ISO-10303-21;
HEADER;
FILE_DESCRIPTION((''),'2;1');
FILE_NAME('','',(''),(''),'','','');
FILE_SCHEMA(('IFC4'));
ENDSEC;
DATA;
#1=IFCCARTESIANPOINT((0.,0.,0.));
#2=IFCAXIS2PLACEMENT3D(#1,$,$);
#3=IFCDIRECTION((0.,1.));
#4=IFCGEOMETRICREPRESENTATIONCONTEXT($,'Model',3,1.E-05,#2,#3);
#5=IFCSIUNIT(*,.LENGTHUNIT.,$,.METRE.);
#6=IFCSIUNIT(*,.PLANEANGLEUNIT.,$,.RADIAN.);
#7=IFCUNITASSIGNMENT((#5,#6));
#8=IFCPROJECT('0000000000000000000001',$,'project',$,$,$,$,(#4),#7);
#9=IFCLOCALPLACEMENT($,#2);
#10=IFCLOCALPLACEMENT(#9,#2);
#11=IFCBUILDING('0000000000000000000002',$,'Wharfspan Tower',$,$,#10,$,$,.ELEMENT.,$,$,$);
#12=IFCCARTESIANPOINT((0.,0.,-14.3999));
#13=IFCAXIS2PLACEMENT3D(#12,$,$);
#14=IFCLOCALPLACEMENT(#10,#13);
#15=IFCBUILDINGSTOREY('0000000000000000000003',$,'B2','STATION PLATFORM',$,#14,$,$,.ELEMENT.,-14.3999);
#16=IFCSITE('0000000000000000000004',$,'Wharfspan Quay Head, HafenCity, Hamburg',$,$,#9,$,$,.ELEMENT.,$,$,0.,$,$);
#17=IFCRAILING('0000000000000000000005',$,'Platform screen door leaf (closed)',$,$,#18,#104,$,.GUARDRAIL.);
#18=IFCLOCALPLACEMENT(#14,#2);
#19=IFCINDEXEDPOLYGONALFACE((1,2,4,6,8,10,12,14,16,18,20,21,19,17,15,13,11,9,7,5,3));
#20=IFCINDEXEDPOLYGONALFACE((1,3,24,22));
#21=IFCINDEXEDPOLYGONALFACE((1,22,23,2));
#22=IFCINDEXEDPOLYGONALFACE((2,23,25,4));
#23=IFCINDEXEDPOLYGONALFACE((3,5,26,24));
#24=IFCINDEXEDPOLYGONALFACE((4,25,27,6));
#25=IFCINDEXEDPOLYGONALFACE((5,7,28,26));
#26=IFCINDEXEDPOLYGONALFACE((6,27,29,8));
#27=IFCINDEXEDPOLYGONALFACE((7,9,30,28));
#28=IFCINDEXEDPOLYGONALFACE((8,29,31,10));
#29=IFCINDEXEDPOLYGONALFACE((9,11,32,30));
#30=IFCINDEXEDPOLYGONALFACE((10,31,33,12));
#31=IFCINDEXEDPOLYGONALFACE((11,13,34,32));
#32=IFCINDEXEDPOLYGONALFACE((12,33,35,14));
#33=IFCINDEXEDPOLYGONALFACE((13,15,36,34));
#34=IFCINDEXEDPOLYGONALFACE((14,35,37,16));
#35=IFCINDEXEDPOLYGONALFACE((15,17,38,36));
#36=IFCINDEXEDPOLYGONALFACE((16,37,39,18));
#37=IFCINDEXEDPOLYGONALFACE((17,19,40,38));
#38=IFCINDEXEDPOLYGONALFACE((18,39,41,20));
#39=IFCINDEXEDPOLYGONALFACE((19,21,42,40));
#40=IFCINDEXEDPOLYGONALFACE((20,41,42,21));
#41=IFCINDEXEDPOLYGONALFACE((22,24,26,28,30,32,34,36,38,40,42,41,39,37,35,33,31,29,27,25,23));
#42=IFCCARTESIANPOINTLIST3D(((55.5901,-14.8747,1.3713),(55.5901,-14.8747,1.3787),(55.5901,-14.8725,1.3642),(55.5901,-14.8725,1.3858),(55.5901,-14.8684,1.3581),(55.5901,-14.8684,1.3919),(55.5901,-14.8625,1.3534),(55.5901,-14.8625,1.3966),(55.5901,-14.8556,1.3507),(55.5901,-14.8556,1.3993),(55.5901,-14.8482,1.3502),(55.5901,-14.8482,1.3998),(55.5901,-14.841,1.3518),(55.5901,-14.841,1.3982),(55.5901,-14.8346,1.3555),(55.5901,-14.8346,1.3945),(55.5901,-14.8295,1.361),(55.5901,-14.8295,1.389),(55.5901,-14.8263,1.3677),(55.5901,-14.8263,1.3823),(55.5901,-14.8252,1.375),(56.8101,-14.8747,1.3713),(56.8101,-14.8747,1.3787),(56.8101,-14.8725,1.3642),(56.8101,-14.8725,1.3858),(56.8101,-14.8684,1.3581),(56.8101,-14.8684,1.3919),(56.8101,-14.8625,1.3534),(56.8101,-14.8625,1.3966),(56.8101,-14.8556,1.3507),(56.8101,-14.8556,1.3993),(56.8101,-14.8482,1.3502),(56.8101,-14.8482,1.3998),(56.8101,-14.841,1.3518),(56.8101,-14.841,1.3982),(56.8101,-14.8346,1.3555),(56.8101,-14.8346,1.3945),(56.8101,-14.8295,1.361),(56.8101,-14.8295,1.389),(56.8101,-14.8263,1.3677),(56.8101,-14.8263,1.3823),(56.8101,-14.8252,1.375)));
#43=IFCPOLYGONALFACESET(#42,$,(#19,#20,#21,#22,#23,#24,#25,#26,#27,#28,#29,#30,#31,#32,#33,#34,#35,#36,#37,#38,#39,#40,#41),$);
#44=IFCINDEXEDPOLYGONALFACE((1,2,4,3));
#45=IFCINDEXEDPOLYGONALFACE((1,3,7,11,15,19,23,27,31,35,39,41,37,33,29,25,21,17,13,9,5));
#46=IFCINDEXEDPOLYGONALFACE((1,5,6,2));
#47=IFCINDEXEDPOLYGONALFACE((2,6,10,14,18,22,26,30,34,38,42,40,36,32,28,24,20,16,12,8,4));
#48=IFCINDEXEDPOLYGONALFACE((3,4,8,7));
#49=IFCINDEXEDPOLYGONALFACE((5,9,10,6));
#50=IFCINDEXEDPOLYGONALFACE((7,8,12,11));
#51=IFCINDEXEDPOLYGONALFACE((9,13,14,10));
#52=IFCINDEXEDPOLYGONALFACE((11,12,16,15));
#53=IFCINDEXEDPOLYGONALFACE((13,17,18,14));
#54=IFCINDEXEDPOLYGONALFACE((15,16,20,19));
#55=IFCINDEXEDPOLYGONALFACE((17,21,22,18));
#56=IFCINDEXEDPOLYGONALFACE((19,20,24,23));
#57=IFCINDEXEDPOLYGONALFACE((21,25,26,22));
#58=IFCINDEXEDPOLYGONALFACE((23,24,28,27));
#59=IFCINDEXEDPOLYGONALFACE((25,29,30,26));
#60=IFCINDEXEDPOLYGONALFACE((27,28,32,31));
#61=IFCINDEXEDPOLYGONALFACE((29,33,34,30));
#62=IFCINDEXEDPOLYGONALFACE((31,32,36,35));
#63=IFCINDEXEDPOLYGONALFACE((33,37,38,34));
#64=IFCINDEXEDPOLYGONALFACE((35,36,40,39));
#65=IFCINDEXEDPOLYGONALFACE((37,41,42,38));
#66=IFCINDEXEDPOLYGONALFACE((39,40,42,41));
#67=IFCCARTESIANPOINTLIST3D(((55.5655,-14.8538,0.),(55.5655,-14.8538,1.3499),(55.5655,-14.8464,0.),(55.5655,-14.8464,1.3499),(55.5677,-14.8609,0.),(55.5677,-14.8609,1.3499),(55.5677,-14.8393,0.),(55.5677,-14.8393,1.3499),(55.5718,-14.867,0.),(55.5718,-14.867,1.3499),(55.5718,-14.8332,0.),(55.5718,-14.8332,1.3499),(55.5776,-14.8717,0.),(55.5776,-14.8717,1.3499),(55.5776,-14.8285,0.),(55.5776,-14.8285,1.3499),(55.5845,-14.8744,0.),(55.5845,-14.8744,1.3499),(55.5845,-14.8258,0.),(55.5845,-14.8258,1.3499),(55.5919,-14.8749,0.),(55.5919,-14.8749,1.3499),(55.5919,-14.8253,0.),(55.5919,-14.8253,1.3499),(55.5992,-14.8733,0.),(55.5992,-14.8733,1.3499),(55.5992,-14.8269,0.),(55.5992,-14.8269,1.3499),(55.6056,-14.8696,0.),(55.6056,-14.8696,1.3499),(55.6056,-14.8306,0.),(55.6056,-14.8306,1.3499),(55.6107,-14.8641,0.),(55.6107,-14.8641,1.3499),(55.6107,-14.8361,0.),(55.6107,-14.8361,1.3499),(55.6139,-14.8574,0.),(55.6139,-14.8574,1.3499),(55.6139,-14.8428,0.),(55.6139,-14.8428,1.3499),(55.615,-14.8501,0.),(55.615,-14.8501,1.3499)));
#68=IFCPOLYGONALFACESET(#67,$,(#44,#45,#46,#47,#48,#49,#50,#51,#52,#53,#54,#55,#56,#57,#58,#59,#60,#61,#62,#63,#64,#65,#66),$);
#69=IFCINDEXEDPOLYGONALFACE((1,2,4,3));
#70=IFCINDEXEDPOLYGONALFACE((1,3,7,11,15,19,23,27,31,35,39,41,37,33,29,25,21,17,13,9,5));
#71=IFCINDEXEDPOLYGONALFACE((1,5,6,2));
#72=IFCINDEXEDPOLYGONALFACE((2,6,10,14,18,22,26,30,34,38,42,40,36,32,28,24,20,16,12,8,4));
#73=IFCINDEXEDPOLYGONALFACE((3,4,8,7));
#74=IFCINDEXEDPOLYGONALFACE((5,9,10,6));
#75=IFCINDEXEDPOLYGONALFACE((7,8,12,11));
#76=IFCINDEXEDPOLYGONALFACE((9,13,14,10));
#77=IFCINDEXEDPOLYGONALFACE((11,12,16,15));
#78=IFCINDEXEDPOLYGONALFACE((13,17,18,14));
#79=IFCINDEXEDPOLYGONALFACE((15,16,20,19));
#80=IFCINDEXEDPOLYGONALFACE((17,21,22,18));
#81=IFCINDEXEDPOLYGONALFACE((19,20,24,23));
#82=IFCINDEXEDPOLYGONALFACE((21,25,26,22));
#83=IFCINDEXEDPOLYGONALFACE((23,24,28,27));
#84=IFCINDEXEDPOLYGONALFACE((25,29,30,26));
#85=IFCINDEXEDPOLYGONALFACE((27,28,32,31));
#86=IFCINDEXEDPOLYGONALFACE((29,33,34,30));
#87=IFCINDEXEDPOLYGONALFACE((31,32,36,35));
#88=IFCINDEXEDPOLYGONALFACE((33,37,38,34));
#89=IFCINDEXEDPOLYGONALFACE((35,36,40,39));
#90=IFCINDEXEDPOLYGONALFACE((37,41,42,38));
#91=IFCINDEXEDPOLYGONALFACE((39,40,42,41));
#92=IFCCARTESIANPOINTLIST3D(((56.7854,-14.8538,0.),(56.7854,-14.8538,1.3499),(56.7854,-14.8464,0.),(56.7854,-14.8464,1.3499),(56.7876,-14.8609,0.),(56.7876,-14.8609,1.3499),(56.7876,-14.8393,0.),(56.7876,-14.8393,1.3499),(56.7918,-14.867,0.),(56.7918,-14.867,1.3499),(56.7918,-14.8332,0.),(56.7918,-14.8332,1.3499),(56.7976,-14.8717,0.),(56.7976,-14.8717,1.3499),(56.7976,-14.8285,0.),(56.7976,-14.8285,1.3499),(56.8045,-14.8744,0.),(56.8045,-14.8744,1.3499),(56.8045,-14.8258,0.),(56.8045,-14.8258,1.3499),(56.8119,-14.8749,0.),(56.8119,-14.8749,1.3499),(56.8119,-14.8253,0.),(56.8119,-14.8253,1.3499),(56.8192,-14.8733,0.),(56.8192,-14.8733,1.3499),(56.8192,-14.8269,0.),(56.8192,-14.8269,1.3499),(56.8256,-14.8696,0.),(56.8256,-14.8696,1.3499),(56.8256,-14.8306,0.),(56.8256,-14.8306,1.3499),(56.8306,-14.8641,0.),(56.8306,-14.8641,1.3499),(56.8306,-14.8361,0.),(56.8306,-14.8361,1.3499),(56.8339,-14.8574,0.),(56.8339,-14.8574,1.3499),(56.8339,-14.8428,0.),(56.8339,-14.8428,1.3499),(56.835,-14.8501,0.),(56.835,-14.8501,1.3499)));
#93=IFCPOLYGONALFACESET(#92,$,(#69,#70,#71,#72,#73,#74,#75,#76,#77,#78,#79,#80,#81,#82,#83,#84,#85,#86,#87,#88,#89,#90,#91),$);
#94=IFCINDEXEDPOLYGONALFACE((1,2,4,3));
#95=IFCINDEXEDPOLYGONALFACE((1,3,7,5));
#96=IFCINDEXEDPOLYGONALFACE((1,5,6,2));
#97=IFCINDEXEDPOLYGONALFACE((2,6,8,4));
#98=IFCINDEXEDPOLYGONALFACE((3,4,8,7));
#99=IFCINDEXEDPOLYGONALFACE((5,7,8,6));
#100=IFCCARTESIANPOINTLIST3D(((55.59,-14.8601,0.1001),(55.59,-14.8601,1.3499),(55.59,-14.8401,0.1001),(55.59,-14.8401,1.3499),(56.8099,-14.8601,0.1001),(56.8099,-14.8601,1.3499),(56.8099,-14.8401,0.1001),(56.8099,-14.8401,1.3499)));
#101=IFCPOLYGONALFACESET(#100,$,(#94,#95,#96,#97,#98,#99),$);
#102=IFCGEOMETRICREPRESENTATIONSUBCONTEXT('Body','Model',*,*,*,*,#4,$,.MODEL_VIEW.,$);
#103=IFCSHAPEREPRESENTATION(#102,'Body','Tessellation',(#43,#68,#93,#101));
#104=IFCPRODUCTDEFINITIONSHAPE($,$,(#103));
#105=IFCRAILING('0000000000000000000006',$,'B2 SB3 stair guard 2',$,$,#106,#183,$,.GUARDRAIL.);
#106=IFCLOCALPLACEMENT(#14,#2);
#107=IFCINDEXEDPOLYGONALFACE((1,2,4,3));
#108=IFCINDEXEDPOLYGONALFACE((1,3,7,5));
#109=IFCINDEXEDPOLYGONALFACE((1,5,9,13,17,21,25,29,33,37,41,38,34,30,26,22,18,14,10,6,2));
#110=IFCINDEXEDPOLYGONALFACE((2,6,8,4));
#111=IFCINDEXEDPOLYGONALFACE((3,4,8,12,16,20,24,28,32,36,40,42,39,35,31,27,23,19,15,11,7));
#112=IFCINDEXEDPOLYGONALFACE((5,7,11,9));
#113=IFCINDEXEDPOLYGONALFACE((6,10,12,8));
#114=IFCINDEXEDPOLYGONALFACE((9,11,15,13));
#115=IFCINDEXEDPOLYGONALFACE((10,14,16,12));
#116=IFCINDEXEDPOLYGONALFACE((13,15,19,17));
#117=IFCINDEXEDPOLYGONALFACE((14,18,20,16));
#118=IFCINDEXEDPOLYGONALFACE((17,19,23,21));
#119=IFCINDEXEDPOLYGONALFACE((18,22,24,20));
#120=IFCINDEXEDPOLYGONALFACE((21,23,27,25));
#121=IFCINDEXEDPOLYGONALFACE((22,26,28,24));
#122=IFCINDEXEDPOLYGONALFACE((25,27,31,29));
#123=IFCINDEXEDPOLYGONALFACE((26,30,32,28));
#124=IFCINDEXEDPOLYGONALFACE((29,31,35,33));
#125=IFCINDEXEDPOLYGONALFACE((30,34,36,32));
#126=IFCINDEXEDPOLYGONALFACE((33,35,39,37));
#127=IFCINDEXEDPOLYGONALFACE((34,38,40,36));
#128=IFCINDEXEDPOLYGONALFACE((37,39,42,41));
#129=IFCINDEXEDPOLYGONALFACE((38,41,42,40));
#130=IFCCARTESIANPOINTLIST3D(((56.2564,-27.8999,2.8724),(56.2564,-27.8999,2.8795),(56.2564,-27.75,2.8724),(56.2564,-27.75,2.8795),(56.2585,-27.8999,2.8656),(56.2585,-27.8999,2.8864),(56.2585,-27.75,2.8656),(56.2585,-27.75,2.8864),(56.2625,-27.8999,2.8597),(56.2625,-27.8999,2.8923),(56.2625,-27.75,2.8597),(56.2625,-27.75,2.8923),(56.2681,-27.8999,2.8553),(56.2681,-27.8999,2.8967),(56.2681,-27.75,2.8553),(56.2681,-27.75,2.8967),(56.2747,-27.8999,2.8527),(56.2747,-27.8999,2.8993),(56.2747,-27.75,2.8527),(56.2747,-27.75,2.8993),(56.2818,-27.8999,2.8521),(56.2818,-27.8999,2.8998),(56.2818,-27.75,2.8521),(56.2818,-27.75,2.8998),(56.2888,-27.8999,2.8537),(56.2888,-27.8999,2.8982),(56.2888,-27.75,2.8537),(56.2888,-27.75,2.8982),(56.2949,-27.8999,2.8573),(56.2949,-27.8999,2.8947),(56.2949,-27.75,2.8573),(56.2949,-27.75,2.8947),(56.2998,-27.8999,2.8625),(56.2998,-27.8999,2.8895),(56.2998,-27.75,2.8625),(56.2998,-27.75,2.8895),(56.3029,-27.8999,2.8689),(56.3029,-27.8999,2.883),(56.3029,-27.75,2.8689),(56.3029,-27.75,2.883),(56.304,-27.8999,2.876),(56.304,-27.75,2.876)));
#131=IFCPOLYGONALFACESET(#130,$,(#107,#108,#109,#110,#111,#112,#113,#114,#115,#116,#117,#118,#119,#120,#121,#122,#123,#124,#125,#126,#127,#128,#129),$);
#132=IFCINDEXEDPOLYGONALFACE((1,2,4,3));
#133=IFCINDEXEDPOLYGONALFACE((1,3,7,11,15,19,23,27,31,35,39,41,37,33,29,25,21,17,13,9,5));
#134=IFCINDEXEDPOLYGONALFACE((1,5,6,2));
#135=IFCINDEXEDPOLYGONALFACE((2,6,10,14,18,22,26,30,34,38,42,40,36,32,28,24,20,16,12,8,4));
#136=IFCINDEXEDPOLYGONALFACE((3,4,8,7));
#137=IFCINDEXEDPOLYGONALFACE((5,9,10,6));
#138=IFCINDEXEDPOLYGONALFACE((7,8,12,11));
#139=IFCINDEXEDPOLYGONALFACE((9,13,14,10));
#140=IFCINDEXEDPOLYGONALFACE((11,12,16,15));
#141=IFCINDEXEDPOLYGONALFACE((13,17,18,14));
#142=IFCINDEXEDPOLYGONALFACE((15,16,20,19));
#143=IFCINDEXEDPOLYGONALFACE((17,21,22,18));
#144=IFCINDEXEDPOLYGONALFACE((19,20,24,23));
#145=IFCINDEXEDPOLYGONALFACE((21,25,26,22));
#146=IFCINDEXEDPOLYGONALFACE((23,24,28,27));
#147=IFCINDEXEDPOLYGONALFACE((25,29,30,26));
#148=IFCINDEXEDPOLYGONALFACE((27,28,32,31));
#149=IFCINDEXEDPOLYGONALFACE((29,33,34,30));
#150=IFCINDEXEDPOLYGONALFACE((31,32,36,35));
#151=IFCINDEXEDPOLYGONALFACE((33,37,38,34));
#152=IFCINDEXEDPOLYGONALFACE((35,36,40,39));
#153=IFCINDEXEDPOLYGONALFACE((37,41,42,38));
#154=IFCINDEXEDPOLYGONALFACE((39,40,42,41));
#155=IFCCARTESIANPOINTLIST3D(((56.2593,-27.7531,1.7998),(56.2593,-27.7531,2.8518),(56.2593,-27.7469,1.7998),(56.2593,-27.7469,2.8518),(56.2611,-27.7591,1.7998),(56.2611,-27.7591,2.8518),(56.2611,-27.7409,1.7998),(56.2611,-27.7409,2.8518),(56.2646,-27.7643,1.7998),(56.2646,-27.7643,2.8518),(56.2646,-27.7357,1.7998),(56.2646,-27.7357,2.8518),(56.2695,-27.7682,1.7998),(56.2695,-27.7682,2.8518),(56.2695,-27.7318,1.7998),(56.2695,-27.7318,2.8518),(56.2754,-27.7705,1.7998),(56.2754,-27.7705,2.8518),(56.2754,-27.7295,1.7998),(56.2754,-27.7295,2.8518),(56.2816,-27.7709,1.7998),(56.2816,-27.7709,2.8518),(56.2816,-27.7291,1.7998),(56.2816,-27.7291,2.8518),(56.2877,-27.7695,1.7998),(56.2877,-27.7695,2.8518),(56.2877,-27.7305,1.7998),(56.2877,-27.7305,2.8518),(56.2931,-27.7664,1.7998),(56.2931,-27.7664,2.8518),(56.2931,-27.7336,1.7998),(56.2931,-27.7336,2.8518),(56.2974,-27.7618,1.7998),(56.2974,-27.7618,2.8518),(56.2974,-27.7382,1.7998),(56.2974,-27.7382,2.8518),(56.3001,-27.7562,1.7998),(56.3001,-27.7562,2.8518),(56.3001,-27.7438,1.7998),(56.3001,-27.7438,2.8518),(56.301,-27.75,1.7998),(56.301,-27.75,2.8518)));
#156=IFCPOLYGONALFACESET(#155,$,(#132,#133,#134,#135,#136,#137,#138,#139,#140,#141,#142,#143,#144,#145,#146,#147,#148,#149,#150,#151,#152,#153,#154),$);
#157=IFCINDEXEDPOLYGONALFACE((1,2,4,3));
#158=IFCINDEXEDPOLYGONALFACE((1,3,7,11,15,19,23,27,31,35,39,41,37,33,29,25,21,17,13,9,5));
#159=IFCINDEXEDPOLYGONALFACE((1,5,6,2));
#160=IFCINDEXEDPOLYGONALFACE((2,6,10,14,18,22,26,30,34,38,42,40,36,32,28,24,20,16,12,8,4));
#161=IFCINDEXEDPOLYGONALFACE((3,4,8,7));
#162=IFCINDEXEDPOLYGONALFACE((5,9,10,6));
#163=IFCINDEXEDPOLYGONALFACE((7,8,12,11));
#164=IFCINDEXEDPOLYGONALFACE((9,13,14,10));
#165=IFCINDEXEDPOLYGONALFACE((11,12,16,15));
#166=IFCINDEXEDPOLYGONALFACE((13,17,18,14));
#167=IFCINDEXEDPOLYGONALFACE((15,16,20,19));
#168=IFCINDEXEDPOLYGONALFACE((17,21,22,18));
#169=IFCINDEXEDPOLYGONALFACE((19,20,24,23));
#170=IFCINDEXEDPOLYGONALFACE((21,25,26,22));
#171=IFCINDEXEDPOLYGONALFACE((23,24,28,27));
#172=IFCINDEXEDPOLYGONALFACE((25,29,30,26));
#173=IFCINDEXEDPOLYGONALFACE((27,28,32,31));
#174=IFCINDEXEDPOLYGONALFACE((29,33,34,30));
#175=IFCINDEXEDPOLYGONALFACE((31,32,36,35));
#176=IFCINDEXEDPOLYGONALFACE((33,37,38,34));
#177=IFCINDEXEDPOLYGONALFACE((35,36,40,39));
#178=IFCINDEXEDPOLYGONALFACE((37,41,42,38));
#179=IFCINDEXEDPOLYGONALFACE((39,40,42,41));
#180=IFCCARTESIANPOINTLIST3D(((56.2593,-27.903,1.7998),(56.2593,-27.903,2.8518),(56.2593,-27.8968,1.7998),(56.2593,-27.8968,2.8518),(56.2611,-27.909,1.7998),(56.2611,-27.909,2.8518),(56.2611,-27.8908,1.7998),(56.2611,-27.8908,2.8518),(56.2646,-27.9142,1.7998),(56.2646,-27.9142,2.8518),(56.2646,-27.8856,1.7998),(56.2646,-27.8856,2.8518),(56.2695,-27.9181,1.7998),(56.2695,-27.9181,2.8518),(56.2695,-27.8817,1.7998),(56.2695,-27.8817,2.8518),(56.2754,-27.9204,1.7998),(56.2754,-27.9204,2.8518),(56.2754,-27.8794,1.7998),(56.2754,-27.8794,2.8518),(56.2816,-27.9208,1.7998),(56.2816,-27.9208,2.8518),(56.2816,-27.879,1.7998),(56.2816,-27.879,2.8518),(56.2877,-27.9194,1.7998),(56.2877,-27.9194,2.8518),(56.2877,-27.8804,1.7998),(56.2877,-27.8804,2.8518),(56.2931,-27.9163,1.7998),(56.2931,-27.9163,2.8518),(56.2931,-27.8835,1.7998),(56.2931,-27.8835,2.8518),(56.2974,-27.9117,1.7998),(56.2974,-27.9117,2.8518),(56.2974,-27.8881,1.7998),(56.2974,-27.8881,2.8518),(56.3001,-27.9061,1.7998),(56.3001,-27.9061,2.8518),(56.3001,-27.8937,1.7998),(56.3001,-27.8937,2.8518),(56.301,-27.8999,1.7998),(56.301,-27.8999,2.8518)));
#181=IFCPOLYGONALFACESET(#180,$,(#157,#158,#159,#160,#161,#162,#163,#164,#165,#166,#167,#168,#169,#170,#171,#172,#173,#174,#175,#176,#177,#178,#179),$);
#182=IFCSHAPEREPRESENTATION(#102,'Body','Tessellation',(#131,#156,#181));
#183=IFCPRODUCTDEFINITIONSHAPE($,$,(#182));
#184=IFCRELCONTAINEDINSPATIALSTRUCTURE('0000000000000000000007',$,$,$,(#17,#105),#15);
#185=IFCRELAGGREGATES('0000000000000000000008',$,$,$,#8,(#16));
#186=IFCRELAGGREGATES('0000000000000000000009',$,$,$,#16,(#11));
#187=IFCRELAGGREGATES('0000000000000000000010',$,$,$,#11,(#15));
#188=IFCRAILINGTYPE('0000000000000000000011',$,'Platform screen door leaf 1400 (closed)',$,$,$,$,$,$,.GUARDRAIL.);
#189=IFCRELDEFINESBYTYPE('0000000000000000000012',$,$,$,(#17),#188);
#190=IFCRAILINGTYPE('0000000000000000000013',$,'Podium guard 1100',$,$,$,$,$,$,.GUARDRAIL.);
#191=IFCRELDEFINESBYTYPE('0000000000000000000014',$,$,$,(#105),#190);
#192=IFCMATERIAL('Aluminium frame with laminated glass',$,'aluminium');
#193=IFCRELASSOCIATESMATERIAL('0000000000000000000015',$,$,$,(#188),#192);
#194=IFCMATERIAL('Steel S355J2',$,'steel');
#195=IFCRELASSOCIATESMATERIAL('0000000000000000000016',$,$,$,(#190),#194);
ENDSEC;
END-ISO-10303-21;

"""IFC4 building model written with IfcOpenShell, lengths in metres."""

from ifc_helpers import new_model, si_unit, direction, frame, origin, origin_2d, place, context, subcontext, project, spatial, rectangle, circle, extrude, material, type_object, element, save


model = new_model("IFC4")

# Units and contexts
model_context = context("Model", 3, precision=1e-05, world=origin(), true_north=direction((0.0, 1.0)))
body_context = subcontext(model_context, "Body", "Model", "MODEL_VIEW")
ifc_project = project(units=[si_unit("LENGTHUNIT", "METRE"), si_unit("PLANEANGLEUNIT", "RADIAN")], contexts=[model_context])

# Site, building, storey
site_placement = place(None, origin())
site = spatial("IfcSite", under=ifc_project, at=site_placement, Name="Wharfspan Quay Head, HafenCity, Hamburg", CompositionType="ELEMENT", RefElevation=0.0)
building_placement = place(site_placement, origin())
building = spatial("IfcBuilding", under=site, at=building_placement, Name="Wharfspan Tower", CompositionType="ELEMENT")
storey_placement = place(building_placement, frame((0.0, 0.0, -14.3999)))
storey = spatial("IfcBuildingStorey", under=building, at=storey_placement, Name="B2", Description="STATION PLATFORM", CompositionType="ELEMENT", Elevation=-14.3999)

# Railings
ifc_material_1 = material(Name="Aluminium frame with laminated glass", Category="aluminium")
railing_type_1 = type_object("IfcRailingType", Name="Platform screen door leaf 1400 (closed)", PredefinedType="GUARDRAIL", material=ifc_material_1)
for number, where, name in (
    (1, (55.5901, -14.8501, 0.0), "Platform screen door leaf (closed)"),
):
    element("IfcRailing", number, at=place(storey_placement, frame(where)), inside=storey, type_object=railing_type_1, Name=name, PredefinedType="GUARDRAIL", context=body_context, shape_type="SweptSolid", body=[
        extrude(circle(Radius=0.0249, at=origin_2d()), frame((0.0, 0.0, 1.375), z_axis=(1.0, 0.0, 0.0), x_axis=(0.0, 1.0, 0.0)), (0.0, 0.0, 1.0), 1.22),
        extrude(circle(Radius=0.0249, at=origin_2d()), origin(), (0.0, 0.0, 1.0), 1.3499),
        extrude(circle(Radius=0.0249, at=origin_2d()), frame((1.22, 0.0, 0.0)), (0.0, 0.0, 1.0), 1.3499),
        extrude(rectangle(XDim=1.22, YDim=0.02, at=origin_2d()), frame((0.6099, 0.0, 0.1001), z_axis=(0.0, 0.0, 1.0), x_axis=(1.0, 0.0, 0.0)), (0.0, 0.0, 1.0), 1.2498),
    ])
ifc_material_2 = material(Name="Steel S355J2", Category="steel")
railing_type_2 = type_object("IfcRailingType", Name="Podium guard 1100", PredefinedType="GUARDRAIL", material=ifc_material_2)
for number, where, name in (
    (2, (56.28, -27.75, 1.7998), "B2 SB3 stair guard 2"),
):
    element("IfcRailing", number, at=place(storey_placement, frame(where)), inside=storey, type_object=railing_type_2, Name=name, PredefinedType="GUARDRAIL", context=body_context, shape_type="SweptSolid", body=[
        extrude(circle(Radius=0.0239, at=origin_2d()), frame((0.0, 0.0, 1.0762), z_axis=(0.0, -1.0, 0.0), x_axis=(1.0, 0.0, 0.0)), (0.0, 0.0, 1.0), 0.1499),
        extrude(circle(Radius=0.021, at=origin_2d()), origin(), (0.0, 0.0, 1.0), 1.052),
        extrude(circle(Radius=0.021, at=origin_2d()), frame((0.0, -0.1499, 0.0)), (0.0, 0.0, 1.0), 1.052),
    ])

save(model, "model.ifc")
